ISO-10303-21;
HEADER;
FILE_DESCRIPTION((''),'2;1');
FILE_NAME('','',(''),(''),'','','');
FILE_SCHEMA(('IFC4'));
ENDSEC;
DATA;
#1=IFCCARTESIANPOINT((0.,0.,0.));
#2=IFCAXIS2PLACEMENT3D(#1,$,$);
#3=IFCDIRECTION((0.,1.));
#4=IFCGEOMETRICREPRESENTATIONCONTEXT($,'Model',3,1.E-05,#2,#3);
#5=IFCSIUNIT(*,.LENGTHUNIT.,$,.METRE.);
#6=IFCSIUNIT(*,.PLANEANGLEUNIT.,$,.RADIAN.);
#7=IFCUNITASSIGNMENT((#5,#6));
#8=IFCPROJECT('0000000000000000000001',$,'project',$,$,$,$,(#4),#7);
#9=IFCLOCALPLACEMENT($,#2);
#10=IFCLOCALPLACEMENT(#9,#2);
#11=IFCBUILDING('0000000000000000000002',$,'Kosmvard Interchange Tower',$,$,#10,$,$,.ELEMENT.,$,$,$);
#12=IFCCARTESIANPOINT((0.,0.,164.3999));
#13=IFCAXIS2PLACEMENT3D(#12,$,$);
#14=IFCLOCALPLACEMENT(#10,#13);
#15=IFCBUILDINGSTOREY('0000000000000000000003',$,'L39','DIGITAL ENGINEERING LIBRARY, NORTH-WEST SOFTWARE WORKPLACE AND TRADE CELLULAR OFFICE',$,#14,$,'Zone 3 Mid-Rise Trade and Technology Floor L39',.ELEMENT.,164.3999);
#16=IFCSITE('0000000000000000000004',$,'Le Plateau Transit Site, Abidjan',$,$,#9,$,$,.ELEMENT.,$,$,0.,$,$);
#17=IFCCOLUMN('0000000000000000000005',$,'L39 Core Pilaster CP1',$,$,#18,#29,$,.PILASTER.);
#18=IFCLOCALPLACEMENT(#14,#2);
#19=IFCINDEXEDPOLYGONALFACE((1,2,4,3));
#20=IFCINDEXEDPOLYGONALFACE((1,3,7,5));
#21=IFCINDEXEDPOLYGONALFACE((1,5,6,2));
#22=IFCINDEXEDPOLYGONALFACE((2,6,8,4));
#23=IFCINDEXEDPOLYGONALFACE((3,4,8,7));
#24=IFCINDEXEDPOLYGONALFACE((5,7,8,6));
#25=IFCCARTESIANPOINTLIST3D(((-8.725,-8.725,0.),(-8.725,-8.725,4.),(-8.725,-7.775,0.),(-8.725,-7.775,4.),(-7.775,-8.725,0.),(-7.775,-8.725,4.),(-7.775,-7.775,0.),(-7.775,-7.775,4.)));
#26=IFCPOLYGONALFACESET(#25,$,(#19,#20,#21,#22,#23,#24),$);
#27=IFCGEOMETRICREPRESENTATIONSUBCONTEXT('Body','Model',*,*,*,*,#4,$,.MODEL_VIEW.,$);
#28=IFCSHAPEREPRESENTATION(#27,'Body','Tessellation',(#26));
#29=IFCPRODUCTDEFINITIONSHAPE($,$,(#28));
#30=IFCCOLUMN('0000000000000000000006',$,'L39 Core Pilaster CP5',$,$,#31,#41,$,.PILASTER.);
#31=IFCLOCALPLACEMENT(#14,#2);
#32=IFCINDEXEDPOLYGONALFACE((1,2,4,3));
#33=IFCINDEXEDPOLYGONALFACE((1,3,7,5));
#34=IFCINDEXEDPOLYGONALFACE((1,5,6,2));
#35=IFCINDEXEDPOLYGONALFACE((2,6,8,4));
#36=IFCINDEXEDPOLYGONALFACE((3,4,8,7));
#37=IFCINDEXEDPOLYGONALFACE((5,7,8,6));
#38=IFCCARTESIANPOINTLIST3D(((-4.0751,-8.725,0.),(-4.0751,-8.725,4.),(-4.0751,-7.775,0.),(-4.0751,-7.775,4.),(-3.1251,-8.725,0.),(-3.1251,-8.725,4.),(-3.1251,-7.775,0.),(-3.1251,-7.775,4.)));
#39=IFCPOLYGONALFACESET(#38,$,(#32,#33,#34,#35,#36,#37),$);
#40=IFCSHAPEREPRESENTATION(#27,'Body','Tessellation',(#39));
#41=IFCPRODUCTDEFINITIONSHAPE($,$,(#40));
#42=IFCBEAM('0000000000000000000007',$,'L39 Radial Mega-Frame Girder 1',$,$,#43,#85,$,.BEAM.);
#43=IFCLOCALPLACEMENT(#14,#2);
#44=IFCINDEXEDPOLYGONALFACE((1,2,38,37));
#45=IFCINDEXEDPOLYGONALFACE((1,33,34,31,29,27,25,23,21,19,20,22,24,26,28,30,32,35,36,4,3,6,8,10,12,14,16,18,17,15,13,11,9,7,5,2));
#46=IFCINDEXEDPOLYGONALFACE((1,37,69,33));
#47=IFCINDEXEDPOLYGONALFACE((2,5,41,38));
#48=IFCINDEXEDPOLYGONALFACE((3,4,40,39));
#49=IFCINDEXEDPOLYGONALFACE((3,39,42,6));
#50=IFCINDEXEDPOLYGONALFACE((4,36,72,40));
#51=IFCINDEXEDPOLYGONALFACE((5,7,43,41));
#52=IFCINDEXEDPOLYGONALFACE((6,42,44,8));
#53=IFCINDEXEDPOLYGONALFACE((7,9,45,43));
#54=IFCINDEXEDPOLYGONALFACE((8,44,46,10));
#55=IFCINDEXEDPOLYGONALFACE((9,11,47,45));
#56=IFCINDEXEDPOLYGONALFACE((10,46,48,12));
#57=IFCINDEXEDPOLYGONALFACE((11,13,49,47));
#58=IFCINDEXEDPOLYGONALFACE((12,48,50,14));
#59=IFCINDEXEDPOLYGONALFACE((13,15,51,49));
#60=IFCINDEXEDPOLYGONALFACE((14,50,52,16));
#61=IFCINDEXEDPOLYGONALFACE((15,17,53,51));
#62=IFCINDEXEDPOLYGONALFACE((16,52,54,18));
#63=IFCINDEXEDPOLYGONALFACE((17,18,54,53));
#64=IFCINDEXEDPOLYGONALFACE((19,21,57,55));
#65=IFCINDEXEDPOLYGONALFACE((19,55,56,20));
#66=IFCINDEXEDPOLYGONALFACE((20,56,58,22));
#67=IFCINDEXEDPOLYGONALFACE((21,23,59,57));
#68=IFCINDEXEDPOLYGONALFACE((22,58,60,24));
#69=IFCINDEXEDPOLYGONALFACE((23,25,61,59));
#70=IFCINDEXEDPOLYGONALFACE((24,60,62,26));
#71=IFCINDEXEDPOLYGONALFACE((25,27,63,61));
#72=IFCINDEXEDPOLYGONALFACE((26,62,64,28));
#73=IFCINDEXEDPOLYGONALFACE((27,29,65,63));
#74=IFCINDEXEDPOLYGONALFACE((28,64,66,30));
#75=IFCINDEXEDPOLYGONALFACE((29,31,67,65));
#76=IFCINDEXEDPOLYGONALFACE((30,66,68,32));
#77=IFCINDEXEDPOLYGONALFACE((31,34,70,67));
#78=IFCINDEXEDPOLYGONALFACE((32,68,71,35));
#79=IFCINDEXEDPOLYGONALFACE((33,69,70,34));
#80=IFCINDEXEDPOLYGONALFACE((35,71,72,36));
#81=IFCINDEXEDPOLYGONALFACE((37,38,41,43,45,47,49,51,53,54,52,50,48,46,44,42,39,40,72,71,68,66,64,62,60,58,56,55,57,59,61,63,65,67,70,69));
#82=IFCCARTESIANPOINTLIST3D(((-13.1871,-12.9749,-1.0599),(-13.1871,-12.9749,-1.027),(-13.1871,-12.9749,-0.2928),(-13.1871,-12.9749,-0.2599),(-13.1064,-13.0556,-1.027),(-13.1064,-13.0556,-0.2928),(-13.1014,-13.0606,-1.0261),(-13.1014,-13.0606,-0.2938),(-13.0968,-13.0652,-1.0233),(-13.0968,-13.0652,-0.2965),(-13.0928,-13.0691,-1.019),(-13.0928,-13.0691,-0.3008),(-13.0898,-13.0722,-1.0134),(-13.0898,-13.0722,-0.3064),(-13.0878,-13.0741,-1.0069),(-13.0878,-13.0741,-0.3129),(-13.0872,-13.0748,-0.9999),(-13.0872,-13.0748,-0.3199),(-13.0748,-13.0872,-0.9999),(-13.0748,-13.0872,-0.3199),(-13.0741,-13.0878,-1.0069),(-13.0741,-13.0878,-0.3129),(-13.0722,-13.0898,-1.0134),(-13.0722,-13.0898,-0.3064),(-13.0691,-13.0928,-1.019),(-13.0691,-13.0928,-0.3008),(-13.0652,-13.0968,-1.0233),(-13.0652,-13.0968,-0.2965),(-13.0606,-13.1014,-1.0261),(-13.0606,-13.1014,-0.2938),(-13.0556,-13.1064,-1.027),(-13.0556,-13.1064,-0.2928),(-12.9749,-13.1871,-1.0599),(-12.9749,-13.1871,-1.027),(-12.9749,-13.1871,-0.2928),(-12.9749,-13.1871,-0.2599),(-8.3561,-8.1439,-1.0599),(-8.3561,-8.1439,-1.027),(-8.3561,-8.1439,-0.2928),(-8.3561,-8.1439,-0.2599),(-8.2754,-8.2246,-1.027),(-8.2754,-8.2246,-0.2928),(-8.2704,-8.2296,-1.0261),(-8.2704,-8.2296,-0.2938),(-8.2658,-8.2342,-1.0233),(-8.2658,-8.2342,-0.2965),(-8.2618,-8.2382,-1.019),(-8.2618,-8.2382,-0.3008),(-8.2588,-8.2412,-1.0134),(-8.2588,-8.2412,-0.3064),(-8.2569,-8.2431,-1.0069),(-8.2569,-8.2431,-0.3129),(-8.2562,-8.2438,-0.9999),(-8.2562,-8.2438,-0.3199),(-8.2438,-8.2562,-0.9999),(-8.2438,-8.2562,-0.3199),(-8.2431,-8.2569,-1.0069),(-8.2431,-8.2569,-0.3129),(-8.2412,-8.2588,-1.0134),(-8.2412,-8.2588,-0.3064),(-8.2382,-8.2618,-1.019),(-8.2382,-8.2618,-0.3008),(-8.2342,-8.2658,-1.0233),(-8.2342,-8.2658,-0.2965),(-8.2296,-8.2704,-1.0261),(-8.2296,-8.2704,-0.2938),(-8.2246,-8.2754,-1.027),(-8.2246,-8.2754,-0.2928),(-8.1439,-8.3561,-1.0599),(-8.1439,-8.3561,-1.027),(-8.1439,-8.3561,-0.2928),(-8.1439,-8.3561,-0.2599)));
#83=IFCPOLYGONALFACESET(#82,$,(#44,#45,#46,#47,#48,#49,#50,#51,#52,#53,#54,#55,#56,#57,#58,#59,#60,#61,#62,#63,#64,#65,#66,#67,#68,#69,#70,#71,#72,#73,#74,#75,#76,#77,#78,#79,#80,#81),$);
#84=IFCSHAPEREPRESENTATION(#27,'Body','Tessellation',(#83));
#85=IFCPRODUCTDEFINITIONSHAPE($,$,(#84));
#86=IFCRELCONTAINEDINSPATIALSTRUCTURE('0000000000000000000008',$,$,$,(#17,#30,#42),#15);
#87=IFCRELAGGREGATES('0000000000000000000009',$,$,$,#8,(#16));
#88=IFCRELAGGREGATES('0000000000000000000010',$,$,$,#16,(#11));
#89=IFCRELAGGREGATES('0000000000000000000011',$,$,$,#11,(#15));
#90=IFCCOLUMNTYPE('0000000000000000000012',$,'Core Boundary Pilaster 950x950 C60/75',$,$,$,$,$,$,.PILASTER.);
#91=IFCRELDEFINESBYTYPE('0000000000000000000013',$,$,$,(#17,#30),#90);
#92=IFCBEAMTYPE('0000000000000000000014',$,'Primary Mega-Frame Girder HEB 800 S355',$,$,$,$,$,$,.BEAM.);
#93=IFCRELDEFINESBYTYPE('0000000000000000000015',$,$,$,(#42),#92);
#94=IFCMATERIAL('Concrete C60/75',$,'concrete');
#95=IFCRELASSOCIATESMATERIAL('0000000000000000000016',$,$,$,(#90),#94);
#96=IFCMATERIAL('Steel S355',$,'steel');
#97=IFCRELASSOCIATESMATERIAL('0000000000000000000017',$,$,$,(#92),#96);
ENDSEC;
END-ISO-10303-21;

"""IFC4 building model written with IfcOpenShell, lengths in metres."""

from ifc_helpers import new_model, si_unit, direction, frame, origin, origin_2d, place, context, subcontext, project, spatial, rectangle, i_section, extrude, source, transform, mapped, material, material_profile, profile_set, type_object, element, save


model = new_model("IFC4")

# Units and contexts
model_context = context("Model", 3, precision=1e-05, world=origin(), true_north=direction((0.0, 1.0)))
body_context = subcontext(model_context, "Body", "Model", "MODEL_VIEW")
ifc_project = project(units=[si_unit("LENGTHUNIT", "METRE"), si_unit("PLANEANGLEUNIT", "RADIAN")], contexts=[model_context])

# Site, building, storey
site_placement = place(None, origin())
site = spatial("IfcSite", under=ifc_project, at=site_placement, Name="Le Plateau Transit Site, Abidjan", CompositionType="ELEMENT", RefElevation=0.0)
building_placement = place(site_placement, origin())
building = spatial("IfcBuilding", under=site, at=building_placement, Name="Kosmvard Interchange Tower", CompositionType="ELEMENT")
storey_placement = place(building_placement, frame((0.0, 0.0, 164.3999)))
storey = spatial("IfcBuildingStorey", under=building, at=storey_placement, Name="L39", Description="DIGITAL ENGINEERING LIBRARY, NORTH-WEST SOFTWARE WORKPLACE AND TRADE CELLULAR OFFICE", LongName="Zone 3 Mid-Rise Trade and Technology Floor L39", CompositionType="ELEMENT", Elevation=164.3999)

# Columns
ifc_material_1 = material(Name="Concrete C60/75", Category="concrete")
ifc_material_profile_1 = material_profile(ifc_material_1, rectangle(XDim=0.95, YDim=0.95, at=origin_2d()), Name="CP 950x950")
ifc_profile_set_1 = profile_set([ifc_material_profile_1], Name="Concrete C60/75")
column_type = type_object("IfcColumnType", Name="Core Boundary Pilaster 950x950 C60/75", PredefinedType="PILASTER", material=ifc_profile_set_1)
shared_shape_1 = source(origin(), body_context, "Body", "SweptSolid", [
    extrude(rectangle(XDim=0.95, YDim=0.95, at=origin_2d()), origin(), (0.0, 0.0, 1.0), 4.0),
])
for number, where, z_axis, x_axis, name in (
    (1, (-8.25, -8.25, 0.0), (0.0, 0.0, 1.0), (1.0, 0.0, 0.0), "L39 Core Pilaster CP1"),
    (2, (-3.6001, -8.25, 0.0), (0.0, 0.0, 1.0), (1.0, 0.0, 0.0), "L39 Core Pilaster CP5"),
):
    element("IfcColumn", number, at=place(storey_placement, frame(where, z_axis=z_axis, x_axis=x_axis)), inside=storey, type_object=column_type, Name=name, PredefinedType="PILASTER", context=body_context, shape_type="MappedRepresentation", body=[
        mapped(shared_shape_1, transform((0.0, 0.0, 0.0), scale=1.0)),
    ])

# Beam
ifc_material_2 = material(Name="Steel S355", Category="steel")
ifc_material_profile_2 = material_profile(ifc_material_2, i_section(OverallWidth=0.3, OverallDepth=0.8, WebThickness=0.0176, FlangeThickness=0.033, FilletRadius=0.0271, at=origin_2d()), Name="HEB 800")
ifc_profile_set_2 = profile_set([ifc_material_profile_2], Name="Steel S355")
beam_type = type_object("IfcBeamType", Name="Primary Mega-Frame Girder HEB 800 S355", PredefinedType="BEAM", material=ifc_profile_set_2)
shared_shape_2 = source(origin(), body_context, "Body", "SweptSolid", [
    extrude(i_section(OverallWidth=0.3, OverallDepth=0.8, WebThickness=0.0176, FlangeThickness=0.033, FilletRadius=0.0271, at=origin_2d()), origin(), (0.0, 0.0, 1.0), 6.832),
])
beam_placement = place(storey_placement, frame((-8.25, -8.25, -0.6599), z_axis=(-0.707107, -0.707107, 0.0), x_axis=(0.707107, -0.707107, 0.0)))
element("IfcBeam", 3, at=beam_placement, inside=storey, type_object=beam_type, Name="L39 Radial Mega-Frame Girder 1", PredefinedType="BEAM", context=body_context, shape_type="MappedRepresentation", body=[
    mapped(shared_shape_2, transform((0.0, 0.0, 0.0), scale=1.0)),
])

save(model, "model.ifc")
